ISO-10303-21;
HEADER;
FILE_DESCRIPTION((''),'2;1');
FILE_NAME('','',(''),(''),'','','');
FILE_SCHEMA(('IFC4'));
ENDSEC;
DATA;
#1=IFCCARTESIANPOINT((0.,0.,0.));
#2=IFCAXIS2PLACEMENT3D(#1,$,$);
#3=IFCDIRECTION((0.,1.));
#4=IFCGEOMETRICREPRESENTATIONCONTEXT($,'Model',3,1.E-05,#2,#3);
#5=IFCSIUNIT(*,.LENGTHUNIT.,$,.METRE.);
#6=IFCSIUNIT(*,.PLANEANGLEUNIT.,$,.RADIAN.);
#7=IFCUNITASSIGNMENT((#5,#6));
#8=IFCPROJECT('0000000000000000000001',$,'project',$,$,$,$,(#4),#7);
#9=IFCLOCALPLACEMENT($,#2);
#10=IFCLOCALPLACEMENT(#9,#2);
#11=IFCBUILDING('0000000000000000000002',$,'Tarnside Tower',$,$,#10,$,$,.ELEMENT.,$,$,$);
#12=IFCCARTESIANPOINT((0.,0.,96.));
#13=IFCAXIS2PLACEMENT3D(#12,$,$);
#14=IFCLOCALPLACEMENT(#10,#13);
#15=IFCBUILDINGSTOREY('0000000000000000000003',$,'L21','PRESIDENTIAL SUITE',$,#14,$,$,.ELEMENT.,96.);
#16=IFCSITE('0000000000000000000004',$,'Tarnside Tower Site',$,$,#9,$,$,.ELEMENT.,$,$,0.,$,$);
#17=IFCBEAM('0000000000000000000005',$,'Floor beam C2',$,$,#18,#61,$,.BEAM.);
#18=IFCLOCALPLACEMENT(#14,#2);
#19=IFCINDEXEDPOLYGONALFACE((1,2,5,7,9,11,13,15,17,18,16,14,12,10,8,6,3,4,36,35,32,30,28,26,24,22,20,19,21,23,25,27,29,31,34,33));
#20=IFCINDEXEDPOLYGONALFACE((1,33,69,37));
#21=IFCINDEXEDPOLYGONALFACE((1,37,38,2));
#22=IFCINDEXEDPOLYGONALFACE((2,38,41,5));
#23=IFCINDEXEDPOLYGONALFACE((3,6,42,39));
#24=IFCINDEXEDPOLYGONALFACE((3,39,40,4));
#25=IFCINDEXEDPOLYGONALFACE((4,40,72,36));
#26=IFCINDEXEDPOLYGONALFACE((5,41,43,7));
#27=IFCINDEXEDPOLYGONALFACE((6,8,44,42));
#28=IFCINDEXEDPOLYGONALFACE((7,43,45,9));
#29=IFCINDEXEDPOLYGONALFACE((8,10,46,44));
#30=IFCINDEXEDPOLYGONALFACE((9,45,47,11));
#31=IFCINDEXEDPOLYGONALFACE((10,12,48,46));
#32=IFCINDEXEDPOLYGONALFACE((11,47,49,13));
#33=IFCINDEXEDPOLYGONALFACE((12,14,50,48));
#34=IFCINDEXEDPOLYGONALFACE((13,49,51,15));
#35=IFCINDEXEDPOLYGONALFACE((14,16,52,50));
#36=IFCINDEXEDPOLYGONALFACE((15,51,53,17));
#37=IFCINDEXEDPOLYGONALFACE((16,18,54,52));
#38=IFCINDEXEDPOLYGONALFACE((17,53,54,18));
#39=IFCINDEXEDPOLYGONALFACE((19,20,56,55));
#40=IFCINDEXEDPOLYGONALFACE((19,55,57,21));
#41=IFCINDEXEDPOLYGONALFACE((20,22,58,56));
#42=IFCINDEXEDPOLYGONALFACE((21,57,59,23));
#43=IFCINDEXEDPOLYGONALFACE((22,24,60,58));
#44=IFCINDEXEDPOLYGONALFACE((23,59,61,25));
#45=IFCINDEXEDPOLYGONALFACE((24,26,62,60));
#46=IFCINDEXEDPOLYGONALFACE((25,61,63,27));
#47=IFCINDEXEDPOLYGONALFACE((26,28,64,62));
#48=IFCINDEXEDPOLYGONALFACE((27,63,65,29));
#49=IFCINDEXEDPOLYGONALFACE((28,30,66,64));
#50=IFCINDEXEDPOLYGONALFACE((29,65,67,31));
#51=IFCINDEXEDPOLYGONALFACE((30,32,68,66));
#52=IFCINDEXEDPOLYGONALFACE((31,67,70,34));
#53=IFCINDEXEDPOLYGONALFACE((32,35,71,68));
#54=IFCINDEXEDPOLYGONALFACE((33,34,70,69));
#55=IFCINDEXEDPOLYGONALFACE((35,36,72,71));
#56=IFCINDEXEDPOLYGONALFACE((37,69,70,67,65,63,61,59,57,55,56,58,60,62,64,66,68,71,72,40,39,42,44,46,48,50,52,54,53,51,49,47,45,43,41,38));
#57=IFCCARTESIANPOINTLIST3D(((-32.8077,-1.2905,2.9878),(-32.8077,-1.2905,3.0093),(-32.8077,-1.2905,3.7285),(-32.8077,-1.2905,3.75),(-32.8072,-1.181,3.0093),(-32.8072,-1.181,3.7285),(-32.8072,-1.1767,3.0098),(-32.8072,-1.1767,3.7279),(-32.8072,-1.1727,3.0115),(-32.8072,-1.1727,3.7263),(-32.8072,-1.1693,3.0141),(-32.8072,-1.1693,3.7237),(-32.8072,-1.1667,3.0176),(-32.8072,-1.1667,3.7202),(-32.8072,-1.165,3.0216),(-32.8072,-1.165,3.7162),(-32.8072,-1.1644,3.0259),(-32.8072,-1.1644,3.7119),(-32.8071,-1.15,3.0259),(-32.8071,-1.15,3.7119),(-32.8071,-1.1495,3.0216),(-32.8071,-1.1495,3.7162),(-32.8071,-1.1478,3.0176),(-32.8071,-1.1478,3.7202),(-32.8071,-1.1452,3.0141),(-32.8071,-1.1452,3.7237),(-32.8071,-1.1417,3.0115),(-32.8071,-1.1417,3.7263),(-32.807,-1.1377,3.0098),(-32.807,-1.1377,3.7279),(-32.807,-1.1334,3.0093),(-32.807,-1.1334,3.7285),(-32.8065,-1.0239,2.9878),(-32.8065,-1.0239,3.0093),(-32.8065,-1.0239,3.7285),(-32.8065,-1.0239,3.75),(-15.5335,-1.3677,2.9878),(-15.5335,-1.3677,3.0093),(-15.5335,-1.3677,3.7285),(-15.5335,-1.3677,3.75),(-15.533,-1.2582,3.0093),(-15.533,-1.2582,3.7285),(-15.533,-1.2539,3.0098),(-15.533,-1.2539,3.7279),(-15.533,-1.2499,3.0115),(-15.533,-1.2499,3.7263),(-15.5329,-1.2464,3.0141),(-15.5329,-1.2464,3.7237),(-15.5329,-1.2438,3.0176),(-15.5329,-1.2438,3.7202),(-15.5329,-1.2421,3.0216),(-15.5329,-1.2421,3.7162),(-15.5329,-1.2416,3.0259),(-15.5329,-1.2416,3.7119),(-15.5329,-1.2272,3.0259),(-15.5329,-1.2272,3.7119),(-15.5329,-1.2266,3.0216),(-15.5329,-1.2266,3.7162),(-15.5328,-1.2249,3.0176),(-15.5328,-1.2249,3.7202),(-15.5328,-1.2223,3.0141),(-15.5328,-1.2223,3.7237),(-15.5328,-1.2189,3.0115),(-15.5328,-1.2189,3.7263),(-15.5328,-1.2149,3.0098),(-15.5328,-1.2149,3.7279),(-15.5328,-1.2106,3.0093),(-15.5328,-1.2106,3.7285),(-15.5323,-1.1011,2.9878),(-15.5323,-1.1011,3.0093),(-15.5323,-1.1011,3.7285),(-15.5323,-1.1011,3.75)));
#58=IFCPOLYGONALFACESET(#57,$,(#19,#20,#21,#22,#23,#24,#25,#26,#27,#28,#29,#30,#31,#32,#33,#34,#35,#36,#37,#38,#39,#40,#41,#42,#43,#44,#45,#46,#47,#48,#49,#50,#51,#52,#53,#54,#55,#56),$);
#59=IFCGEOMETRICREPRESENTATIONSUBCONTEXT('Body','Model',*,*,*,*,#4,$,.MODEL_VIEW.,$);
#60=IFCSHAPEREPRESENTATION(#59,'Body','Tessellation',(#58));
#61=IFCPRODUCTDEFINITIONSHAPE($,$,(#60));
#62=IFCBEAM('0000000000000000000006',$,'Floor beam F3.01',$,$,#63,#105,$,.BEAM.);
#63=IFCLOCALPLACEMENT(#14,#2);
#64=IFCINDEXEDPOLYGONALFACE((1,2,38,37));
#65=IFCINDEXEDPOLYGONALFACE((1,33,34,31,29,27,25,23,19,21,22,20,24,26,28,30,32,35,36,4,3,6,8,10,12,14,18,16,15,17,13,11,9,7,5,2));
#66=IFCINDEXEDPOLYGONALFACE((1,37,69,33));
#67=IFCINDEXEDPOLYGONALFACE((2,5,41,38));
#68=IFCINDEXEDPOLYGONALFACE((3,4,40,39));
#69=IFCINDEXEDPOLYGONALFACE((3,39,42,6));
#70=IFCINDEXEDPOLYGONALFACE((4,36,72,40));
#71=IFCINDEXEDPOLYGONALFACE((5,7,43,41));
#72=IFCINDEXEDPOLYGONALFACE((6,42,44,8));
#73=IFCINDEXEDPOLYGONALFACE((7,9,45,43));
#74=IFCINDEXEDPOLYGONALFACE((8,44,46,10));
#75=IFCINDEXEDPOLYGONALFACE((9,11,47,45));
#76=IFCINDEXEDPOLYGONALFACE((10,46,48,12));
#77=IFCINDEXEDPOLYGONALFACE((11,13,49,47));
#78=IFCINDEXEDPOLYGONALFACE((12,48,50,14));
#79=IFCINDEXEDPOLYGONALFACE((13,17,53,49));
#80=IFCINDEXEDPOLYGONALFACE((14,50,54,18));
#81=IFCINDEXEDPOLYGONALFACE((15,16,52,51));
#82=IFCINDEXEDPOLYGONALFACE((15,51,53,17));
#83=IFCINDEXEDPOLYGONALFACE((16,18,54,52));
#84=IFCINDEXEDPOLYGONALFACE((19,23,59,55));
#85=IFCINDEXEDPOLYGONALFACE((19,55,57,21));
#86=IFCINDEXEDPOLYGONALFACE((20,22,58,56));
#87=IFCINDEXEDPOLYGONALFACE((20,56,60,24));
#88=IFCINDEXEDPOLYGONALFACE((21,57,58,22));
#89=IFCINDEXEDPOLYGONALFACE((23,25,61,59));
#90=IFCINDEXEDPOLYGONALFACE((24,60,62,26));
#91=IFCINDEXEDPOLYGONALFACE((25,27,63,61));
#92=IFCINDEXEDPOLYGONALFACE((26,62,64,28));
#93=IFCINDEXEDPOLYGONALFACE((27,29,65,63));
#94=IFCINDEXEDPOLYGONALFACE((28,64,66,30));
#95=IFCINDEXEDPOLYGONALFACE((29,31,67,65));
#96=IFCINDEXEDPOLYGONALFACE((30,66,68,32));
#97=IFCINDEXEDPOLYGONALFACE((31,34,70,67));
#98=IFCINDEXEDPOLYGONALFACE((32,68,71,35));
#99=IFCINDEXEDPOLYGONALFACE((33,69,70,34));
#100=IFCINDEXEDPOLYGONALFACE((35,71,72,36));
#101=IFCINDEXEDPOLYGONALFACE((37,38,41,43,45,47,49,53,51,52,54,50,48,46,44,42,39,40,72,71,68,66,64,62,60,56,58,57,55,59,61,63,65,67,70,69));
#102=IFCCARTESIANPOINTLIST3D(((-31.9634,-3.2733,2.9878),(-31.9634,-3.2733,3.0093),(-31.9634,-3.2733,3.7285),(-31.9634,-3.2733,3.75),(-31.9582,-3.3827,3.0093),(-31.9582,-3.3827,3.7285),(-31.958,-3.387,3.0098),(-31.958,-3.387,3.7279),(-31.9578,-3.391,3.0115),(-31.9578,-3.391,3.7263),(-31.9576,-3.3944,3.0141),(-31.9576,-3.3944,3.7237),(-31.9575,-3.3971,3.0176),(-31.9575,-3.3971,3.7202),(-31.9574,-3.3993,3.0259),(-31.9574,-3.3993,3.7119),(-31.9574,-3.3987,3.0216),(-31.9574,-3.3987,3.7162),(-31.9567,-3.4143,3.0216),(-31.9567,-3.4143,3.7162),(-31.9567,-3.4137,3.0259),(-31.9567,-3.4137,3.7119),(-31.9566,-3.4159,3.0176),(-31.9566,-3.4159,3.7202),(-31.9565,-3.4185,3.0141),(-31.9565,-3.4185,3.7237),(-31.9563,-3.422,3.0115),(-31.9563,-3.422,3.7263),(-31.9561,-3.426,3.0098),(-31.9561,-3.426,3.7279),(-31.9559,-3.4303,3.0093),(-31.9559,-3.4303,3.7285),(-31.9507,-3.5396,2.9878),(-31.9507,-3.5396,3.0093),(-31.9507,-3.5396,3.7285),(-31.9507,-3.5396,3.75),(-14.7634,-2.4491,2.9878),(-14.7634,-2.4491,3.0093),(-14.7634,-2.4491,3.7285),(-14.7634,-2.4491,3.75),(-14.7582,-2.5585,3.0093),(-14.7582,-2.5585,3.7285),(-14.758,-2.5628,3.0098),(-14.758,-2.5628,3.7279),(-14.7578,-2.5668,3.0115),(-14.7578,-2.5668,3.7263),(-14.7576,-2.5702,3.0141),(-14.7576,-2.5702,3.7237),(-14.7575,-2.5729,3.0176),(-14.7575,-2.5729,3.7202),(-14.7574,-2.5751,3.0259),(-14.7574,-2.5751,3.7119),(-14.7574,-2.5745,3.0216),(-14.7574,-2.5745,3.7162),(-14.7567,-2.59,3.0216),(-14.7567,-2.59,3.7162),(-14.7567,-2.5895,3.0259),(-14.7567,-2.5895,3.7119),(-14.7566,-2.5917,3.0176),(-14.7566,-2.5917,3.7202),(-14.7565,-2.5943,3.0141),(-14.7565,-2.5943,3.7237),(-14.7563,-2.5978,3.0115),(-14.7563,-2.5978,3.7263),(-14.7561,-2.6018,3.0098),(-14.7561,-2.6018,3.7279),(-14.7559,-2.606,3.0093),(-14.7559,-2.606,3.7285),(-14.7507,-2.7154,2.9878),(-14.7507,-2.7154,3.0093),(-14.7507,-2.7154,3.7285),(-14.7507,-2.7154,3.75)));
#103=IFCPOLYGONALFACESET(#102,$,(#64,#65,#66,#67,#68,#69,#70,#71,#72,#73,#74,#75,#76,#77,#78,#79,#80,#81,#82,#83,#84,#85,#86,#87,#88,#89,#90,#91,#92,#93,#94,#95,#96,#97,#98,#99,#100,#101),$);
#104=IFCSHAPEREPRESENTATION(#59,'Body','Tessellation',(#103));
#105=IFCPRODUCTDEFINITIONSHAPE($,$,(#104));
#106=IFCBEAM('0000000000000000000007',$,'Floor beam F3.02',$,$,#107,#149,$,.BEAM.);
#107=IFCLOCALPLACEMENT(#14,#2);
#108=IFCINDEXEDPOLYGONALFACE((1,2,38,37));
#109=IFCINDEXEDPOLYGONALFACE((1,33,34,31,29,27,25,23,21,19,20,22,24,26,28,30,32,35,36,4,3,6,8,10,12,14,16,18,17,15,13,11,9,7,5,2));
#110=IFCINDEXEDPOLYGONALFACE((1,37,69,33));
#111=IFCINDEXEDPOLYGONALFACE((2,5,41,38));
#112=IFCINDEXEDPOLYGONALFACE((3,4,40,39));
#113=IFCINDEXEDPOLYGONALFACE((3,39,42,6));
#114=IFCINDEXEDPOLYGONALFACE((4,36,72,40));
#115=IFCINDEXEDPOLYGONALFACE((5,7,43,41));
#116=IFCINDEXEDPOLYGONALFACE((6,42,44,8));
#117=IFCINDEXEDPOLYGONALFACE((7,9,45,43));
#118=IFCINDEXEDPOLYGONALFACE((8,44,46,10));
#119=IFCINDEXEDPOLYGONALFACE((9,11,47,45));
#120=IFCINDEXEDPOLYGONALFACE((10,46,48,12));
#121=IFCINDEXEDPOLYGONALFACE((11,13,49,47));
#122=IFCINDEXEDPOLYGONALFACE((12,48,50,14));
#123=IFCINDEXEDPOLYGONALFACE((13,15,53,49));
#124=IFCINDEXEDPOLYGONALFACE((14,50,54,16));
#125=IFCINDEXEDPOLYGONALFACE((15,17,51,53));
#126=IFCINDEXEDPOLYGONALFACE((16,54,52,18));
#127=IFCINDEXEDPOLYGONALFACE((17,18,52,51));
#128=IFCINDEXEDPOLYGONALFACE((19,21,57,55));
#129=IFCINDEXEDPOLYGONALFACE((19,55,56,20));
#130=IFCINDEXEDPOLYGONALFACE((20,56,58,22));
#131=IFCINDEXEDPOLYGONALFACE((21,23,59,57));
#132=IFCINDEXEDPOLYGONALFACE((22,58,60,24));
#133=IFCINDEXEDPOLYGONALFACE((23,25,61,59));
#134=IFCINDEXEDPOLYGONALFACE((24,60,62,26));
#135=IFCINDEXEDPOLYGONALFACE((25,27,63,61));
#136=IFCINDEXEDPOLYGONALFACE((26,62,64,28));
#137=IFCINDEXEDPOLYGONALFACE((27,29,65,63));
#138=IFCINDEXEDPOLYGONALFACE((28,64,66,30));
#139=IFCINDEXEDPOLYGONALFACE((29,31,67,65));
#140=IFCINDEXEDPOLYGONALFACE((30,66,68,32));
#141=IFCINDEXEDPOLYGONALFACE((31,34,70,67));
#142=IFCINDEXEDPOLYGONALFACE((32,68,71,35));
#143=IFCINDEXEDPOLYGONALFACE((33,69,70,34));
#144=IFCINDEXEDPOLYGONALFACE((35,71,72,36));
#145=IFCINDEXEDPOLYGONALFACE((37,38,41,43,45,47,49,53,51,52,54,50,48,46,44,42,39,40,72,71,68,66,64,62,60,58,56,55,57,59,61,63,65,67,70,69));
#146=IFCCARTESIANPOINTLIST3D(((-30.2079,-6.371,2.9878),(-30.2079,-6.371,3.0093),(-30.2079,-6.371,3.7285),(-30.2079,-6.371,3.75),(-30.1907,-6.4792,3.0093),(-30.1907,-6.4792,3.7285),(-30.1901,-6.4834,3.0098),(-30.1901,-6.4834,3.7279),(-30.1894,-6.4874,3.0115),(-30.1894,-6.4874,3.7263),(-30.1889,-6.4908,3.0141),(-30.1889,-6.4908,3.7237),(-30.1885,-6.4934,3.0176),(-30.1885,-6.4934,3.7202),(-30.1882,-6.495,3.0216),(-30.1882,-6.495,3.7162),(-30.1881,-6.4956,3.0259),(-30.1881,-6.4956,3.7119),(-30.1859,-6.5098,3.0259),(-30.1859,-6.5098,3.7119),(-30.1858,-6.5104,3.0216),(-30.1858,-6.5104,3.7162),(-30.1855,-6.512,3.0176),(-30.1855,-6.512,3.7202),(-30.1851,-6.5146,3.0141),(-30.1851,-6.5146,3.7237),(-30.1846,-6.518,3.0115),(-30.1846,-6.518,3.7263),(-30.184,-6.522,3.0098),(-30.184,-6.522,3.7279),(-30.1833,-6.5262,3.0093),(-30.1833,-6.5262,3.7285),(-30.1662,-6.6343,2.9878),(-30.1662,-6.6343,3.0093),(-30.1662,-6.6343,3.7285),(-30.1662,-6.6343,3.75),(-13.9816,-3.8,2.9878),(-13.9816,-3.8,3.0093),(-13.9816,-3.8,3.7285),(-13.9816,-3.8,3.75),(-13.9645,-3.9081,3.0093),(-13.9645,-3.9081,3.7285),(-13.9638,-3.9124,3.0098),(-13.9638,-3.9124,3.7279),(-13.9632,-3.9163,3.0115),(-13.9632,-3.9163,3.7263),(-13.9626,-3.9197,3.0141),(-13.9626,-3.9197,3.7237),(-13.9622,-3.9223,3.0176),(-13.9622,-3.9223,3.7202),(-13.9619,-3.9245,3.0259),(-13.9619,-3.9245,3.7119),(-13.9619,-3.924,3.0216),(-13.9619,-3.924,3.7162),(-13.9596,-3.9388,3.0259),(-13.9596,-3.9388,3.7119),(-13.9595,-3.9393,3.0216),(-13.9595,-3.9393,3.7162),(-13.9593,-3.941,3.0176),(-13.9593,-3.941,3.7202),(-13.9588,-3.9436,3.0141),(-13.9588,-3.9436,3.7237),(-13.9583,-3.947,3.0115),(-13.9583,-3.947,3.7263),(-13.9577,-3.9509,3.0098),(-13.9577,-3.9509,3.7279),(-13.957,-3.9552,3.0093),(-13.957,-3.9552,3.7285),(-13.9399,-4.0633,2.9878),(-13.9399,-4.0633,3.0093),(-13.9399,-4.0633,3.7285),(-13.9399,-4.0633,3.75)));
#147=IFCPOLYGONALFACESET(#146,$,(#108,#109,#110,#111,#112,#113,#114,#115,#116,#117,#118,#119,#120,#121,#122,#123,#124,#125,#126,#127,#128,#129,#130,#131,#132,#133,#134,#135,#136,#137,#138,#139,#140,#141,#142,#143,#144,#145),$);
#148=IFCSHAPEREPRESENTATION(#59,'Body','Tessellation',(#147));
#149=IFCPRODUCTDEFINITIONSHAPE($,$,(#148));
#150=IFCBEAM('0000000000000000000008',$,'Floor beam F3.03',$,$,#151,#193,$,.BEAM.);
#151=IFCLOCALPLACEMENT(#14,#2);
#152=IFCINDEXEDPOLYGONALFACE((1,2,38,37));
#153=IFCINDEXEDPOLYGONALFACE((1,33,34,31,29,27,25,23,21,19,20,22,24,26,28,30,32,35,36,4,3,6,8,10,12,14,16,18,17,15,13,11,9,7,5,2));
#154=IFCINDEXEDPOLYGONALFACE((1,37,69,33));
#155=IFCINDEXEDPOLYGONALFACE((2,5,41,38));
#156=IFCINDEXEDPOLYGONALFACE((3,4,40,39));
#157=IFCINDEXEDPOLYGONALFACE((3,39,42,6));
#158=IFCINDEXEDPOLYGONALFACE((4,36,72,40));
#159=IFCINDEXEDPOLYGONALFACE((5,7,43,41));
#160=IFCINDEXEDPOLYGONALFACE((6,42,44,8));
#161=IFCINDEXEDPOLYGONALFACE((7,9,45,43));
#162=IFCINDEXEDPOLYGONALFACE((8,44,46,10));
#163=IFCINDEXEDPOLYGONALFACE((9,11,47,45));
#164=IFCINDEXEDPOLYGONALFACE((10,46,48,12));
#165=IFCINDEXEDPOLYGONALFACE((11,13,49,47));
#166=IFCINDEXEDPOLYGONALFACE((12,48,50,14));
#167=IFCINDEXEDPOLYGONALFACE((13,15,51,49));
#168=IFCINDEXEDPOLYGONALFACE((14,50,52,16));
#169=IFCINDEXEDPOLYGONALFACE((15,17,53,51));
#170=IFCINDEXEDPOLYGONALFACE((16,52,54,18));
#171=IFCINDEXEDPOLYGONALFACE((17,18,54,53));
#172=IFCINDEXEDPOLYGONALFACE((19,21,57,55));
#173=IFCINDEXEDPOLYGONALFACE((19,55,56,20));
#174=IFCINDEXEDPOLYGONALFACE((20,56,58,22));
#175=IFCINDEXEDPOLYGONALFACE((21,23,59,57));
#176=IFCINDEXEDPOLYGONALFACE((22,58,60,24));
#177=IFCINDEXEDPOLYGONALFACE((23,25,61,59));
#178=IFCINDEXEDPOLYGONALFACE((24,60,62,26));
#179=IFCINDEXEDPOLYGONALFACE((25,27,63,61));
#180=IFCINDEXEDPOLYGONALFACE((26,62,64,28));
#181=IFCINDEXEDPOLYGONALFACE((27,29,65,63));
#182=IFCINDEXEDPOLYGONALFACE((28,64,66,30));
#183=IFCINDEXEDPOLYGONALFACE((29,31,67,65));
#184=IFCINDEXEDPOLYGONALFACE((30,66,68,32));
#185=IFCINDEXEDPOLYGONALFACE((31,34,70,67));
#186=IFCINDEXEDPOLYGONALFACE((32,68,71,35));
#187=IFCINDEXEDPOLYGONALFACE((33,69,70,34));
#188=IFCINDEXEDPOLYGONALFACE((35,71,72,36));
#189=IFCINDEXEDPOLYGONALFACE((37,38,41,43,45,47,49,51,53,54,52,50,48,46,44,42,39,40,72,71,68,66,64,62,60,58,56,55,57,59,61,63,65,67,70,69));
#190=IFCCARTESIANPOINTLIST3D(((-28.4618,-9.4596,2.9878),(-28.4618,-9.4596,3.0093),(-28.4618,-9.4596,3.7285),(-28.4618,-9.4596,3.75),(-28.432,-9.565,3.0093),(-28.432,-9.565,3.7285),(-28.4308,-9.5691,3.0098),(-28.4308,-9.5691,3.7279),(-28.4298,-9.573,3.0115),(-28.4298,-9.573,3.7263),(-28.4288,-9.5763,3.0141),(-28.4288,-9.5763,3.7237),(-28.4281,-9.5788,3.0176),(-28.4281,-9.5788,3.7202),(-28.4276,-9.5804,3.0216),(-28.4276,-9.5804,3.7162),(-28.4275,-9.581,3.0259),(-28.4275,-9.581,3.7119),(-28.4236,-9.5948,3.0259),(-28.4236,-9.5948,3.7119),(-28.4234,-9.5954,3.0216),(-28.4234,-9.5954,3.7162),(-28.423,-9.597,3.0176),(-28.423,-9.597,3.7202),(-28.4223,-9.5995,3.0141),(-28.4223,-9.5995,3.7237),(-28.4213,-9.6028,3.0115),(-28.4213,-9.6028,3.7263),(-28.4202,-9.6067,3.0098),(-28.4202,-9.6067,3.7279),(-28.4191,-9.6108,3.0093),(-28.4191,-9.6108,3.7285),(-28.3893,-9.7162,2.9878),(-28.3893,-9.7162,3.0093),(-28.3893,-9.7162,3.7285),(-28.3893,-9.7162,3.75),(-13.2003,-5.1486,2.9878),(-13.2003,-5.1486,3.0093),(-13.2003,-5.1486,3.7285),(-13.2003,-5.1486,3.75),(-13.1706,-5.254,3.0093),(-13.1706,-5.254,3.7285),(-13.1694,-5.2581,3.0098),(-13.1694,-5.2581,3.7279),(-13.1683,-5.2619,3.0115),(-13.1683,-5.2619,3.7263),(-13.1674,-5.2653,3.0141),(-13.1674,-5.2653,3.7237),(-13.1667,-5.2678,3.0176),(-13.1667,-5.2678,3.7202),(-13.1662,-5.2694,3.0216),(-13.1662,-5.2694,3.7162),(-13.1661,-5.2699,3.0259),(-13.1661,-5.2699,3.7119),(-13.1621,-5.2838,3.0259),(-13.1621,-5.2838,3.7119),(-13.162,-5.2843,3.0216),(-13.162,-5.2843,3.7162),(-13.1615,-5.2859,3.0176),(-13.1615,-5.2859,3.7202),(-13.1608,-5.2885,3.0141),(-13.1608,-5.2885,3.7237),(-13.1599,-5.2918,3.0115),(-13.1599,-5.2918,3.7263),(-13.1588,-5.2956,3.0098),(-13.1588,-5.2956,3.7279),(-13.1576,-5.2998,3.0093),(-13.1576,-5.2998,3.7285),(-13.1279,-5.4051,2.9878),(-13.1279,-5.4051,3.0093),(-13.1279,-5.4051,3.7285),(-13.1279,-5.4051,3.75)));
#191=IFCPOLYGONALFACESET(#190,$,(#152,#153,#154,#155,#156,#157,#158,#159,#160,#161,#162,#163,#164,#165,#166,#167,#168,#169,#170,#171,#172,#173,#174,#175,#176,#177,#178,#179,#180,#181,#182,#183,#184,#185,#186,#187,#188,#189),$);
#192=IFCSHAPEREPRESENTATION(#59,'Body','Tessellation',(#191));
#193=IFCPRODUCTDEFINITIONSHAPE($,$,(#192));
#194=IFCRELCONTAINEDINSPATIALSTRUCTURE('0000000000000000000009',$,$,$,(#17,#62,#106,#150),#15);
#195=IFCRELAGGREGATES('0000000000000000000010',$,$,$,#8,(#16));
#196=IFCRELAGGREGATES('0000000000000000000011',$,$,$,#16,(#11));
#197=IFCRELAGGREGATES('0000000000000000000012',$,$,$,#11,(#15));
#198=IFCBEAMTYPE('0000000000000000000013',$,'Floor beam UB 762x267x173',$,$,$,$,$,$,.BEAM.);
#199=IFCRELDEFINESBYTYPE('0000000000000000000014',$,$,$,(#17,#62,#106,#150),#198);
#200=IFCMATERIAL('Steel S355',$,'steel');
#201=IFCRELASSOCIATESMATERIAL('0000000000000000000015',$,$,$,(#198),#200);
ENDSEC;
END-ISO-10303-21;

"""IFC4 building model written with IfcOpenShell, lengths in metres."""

from ifc_helpers import new_model, si_unit, direction, frame, origin, origin_2d, place, context, subcontext, project, spatial, i_section, extrude, material, material_profile, profile_set, type_object, element, save


model = new_model("IFC4")

# Units and contexts
model_context = context("Model", 3, precision=1e-05, world=origin(), true_north=direction((0.0, 1.0)))
body_context = subcontext(model_context, "Body", "Model", "MODEL_VIEW")
ifc_project = project(units=[si_unit("LENGTHUNIT", "METRE"), si_unit("PLANEANGLEUNIT", "RADIAN")], contexts=[model_context])

# Site, building, storey
site_placement = place(None, origin())
site = spatial("IfcSite", under=ifc_project, at=site_placement, Name="Tarnside Tower Site", CompositionType="ELEMENT", RefElevation=0.0)
building_placement = place(site_placement, origin())
building = spatial("IfcBuilding", under=site, at=building_placement, Name="Tarnside Tower", CompositionType="ELEMENT")
storey_placement = place(building_placement, frame((0.0, 0.0, 96.0)))
storey = spatial("IfcBuildingStorey", under=building, at=storey_placement, Name="L21", Description="PRESIDENTIAL SUITE", CompositionType="ELEMENT", Elevation=96.0)

# Beams
ifc_material_1 = material(Name="Steel S355", Category="steel")
ifc_material_profile = material_profile(ifc_material_1, i_section(OverallWidth=0.2666, OverallDepth=0.7622, WebThickness=0.0144, FlangeThickness=0.0215, FilletRadius=0.0166, at=origin_2d()), Name="UB 762x267x173")
ifc_profile_set = profile_set([ifc_material_profile], Name="Steel S355")
beam_type = type_object("IfcBeamType", Name="Floor beam UB 762x267x173", PredefinedType="BEAM", material=ifc_profile_set)
beam_1_placement = place(storey_placement, frame((-32.8071, -1.1572, 3.3689), z_axis=(0.99999, -0.004466, 0.0), x_axis=(0.004466, 0.99999, 0.0)))
element("IfcBeam", 1, at=beam_1_placement, inside=storey, type_object=beam_type, Name="Floor beam C2", PredefinedType="BEAM", context=body_context, shape_type="SweptSolid", body=[
    extrude(i_section(OverallWidth=0.2666, OverallDepth=0.7622, WebThickness=0.0144, FlangeThickness=0.0215, FilletRadius=0.0166, at=origin_2d()), origin(), (0.0, 0.0, 1.0), 17.2744),
])
beam_2_placement = place(storey_placement, frame((-31.957, -3.4065, 3.3689), z_axis=(0.998854, 0.047865, 0.0), x_axis=(-0.047865, 0.998854, 0.0)))
element("IfcBeam", 2, at=beam_2_placement, inside=storey, type_object=beam_type, Name="Floor beam F3.01", PredefinedType="BEAM", context=body_context, shape_type="SweptSolid", body=[
    extrude(i_section(OverallWidth=0.2666, OverallDepth=0.7622, WebThickness=0.0144, FlangeThickness=0.0215, FilletRadius=0.0166, at=origin_2d()), origin(), (0.0, 0.0, 1.0), 17.2197),
])
beam_3_placement = place(storey_placement, frame((-30.187, -6.5027, 3.3689), z_axis=(0.987678, 0.156497, 0.0), x_axis=(-0.156497, 0.987678, 0.0)))
element("IfcBeam", 3, at=beam_3_placement, inside=storey, type_object=beam_type, Name="Floor beam F3.02", PredefinedType="BEAM", context=body_context, shape_type="SweptSolid", body=[
    extrude(i_section(OverallWidth=0.2666, OverallDepth=0.7622, WebThickness=0.0144, FlangeThickness=0.0215, FilletRadius=0.0166, at=origin_2d()), origin(), (0.0, 0.0, 1.0), 16.4287),
])
beam_4_placement = place(storey_placement, frame((-28.4255, -9.5879, 3.3689), z_axis=(0.962342, 0.271841, 0.0), x_axis=(-0.271841, 0.962342, 0.0)))
element("IfcBeam", 4, at=beam_4_placement, inside=storey, type_object=beam_type, Name="Floor beam F3.03", PredefinedType="BEAM", context=body_context, shape_type="SweptSolid", body=[
    extrude(i_section(OverallWidth=0.2666, OverallDepth=0.7622, WebThickness=0.0144, FlangeThickness=0.0215, FilletRadius=0.0166, at=origin_2d()), origin(), (0.0, 0.0, 1.0), 15.8586),
])

save(model, "model.ifc")
